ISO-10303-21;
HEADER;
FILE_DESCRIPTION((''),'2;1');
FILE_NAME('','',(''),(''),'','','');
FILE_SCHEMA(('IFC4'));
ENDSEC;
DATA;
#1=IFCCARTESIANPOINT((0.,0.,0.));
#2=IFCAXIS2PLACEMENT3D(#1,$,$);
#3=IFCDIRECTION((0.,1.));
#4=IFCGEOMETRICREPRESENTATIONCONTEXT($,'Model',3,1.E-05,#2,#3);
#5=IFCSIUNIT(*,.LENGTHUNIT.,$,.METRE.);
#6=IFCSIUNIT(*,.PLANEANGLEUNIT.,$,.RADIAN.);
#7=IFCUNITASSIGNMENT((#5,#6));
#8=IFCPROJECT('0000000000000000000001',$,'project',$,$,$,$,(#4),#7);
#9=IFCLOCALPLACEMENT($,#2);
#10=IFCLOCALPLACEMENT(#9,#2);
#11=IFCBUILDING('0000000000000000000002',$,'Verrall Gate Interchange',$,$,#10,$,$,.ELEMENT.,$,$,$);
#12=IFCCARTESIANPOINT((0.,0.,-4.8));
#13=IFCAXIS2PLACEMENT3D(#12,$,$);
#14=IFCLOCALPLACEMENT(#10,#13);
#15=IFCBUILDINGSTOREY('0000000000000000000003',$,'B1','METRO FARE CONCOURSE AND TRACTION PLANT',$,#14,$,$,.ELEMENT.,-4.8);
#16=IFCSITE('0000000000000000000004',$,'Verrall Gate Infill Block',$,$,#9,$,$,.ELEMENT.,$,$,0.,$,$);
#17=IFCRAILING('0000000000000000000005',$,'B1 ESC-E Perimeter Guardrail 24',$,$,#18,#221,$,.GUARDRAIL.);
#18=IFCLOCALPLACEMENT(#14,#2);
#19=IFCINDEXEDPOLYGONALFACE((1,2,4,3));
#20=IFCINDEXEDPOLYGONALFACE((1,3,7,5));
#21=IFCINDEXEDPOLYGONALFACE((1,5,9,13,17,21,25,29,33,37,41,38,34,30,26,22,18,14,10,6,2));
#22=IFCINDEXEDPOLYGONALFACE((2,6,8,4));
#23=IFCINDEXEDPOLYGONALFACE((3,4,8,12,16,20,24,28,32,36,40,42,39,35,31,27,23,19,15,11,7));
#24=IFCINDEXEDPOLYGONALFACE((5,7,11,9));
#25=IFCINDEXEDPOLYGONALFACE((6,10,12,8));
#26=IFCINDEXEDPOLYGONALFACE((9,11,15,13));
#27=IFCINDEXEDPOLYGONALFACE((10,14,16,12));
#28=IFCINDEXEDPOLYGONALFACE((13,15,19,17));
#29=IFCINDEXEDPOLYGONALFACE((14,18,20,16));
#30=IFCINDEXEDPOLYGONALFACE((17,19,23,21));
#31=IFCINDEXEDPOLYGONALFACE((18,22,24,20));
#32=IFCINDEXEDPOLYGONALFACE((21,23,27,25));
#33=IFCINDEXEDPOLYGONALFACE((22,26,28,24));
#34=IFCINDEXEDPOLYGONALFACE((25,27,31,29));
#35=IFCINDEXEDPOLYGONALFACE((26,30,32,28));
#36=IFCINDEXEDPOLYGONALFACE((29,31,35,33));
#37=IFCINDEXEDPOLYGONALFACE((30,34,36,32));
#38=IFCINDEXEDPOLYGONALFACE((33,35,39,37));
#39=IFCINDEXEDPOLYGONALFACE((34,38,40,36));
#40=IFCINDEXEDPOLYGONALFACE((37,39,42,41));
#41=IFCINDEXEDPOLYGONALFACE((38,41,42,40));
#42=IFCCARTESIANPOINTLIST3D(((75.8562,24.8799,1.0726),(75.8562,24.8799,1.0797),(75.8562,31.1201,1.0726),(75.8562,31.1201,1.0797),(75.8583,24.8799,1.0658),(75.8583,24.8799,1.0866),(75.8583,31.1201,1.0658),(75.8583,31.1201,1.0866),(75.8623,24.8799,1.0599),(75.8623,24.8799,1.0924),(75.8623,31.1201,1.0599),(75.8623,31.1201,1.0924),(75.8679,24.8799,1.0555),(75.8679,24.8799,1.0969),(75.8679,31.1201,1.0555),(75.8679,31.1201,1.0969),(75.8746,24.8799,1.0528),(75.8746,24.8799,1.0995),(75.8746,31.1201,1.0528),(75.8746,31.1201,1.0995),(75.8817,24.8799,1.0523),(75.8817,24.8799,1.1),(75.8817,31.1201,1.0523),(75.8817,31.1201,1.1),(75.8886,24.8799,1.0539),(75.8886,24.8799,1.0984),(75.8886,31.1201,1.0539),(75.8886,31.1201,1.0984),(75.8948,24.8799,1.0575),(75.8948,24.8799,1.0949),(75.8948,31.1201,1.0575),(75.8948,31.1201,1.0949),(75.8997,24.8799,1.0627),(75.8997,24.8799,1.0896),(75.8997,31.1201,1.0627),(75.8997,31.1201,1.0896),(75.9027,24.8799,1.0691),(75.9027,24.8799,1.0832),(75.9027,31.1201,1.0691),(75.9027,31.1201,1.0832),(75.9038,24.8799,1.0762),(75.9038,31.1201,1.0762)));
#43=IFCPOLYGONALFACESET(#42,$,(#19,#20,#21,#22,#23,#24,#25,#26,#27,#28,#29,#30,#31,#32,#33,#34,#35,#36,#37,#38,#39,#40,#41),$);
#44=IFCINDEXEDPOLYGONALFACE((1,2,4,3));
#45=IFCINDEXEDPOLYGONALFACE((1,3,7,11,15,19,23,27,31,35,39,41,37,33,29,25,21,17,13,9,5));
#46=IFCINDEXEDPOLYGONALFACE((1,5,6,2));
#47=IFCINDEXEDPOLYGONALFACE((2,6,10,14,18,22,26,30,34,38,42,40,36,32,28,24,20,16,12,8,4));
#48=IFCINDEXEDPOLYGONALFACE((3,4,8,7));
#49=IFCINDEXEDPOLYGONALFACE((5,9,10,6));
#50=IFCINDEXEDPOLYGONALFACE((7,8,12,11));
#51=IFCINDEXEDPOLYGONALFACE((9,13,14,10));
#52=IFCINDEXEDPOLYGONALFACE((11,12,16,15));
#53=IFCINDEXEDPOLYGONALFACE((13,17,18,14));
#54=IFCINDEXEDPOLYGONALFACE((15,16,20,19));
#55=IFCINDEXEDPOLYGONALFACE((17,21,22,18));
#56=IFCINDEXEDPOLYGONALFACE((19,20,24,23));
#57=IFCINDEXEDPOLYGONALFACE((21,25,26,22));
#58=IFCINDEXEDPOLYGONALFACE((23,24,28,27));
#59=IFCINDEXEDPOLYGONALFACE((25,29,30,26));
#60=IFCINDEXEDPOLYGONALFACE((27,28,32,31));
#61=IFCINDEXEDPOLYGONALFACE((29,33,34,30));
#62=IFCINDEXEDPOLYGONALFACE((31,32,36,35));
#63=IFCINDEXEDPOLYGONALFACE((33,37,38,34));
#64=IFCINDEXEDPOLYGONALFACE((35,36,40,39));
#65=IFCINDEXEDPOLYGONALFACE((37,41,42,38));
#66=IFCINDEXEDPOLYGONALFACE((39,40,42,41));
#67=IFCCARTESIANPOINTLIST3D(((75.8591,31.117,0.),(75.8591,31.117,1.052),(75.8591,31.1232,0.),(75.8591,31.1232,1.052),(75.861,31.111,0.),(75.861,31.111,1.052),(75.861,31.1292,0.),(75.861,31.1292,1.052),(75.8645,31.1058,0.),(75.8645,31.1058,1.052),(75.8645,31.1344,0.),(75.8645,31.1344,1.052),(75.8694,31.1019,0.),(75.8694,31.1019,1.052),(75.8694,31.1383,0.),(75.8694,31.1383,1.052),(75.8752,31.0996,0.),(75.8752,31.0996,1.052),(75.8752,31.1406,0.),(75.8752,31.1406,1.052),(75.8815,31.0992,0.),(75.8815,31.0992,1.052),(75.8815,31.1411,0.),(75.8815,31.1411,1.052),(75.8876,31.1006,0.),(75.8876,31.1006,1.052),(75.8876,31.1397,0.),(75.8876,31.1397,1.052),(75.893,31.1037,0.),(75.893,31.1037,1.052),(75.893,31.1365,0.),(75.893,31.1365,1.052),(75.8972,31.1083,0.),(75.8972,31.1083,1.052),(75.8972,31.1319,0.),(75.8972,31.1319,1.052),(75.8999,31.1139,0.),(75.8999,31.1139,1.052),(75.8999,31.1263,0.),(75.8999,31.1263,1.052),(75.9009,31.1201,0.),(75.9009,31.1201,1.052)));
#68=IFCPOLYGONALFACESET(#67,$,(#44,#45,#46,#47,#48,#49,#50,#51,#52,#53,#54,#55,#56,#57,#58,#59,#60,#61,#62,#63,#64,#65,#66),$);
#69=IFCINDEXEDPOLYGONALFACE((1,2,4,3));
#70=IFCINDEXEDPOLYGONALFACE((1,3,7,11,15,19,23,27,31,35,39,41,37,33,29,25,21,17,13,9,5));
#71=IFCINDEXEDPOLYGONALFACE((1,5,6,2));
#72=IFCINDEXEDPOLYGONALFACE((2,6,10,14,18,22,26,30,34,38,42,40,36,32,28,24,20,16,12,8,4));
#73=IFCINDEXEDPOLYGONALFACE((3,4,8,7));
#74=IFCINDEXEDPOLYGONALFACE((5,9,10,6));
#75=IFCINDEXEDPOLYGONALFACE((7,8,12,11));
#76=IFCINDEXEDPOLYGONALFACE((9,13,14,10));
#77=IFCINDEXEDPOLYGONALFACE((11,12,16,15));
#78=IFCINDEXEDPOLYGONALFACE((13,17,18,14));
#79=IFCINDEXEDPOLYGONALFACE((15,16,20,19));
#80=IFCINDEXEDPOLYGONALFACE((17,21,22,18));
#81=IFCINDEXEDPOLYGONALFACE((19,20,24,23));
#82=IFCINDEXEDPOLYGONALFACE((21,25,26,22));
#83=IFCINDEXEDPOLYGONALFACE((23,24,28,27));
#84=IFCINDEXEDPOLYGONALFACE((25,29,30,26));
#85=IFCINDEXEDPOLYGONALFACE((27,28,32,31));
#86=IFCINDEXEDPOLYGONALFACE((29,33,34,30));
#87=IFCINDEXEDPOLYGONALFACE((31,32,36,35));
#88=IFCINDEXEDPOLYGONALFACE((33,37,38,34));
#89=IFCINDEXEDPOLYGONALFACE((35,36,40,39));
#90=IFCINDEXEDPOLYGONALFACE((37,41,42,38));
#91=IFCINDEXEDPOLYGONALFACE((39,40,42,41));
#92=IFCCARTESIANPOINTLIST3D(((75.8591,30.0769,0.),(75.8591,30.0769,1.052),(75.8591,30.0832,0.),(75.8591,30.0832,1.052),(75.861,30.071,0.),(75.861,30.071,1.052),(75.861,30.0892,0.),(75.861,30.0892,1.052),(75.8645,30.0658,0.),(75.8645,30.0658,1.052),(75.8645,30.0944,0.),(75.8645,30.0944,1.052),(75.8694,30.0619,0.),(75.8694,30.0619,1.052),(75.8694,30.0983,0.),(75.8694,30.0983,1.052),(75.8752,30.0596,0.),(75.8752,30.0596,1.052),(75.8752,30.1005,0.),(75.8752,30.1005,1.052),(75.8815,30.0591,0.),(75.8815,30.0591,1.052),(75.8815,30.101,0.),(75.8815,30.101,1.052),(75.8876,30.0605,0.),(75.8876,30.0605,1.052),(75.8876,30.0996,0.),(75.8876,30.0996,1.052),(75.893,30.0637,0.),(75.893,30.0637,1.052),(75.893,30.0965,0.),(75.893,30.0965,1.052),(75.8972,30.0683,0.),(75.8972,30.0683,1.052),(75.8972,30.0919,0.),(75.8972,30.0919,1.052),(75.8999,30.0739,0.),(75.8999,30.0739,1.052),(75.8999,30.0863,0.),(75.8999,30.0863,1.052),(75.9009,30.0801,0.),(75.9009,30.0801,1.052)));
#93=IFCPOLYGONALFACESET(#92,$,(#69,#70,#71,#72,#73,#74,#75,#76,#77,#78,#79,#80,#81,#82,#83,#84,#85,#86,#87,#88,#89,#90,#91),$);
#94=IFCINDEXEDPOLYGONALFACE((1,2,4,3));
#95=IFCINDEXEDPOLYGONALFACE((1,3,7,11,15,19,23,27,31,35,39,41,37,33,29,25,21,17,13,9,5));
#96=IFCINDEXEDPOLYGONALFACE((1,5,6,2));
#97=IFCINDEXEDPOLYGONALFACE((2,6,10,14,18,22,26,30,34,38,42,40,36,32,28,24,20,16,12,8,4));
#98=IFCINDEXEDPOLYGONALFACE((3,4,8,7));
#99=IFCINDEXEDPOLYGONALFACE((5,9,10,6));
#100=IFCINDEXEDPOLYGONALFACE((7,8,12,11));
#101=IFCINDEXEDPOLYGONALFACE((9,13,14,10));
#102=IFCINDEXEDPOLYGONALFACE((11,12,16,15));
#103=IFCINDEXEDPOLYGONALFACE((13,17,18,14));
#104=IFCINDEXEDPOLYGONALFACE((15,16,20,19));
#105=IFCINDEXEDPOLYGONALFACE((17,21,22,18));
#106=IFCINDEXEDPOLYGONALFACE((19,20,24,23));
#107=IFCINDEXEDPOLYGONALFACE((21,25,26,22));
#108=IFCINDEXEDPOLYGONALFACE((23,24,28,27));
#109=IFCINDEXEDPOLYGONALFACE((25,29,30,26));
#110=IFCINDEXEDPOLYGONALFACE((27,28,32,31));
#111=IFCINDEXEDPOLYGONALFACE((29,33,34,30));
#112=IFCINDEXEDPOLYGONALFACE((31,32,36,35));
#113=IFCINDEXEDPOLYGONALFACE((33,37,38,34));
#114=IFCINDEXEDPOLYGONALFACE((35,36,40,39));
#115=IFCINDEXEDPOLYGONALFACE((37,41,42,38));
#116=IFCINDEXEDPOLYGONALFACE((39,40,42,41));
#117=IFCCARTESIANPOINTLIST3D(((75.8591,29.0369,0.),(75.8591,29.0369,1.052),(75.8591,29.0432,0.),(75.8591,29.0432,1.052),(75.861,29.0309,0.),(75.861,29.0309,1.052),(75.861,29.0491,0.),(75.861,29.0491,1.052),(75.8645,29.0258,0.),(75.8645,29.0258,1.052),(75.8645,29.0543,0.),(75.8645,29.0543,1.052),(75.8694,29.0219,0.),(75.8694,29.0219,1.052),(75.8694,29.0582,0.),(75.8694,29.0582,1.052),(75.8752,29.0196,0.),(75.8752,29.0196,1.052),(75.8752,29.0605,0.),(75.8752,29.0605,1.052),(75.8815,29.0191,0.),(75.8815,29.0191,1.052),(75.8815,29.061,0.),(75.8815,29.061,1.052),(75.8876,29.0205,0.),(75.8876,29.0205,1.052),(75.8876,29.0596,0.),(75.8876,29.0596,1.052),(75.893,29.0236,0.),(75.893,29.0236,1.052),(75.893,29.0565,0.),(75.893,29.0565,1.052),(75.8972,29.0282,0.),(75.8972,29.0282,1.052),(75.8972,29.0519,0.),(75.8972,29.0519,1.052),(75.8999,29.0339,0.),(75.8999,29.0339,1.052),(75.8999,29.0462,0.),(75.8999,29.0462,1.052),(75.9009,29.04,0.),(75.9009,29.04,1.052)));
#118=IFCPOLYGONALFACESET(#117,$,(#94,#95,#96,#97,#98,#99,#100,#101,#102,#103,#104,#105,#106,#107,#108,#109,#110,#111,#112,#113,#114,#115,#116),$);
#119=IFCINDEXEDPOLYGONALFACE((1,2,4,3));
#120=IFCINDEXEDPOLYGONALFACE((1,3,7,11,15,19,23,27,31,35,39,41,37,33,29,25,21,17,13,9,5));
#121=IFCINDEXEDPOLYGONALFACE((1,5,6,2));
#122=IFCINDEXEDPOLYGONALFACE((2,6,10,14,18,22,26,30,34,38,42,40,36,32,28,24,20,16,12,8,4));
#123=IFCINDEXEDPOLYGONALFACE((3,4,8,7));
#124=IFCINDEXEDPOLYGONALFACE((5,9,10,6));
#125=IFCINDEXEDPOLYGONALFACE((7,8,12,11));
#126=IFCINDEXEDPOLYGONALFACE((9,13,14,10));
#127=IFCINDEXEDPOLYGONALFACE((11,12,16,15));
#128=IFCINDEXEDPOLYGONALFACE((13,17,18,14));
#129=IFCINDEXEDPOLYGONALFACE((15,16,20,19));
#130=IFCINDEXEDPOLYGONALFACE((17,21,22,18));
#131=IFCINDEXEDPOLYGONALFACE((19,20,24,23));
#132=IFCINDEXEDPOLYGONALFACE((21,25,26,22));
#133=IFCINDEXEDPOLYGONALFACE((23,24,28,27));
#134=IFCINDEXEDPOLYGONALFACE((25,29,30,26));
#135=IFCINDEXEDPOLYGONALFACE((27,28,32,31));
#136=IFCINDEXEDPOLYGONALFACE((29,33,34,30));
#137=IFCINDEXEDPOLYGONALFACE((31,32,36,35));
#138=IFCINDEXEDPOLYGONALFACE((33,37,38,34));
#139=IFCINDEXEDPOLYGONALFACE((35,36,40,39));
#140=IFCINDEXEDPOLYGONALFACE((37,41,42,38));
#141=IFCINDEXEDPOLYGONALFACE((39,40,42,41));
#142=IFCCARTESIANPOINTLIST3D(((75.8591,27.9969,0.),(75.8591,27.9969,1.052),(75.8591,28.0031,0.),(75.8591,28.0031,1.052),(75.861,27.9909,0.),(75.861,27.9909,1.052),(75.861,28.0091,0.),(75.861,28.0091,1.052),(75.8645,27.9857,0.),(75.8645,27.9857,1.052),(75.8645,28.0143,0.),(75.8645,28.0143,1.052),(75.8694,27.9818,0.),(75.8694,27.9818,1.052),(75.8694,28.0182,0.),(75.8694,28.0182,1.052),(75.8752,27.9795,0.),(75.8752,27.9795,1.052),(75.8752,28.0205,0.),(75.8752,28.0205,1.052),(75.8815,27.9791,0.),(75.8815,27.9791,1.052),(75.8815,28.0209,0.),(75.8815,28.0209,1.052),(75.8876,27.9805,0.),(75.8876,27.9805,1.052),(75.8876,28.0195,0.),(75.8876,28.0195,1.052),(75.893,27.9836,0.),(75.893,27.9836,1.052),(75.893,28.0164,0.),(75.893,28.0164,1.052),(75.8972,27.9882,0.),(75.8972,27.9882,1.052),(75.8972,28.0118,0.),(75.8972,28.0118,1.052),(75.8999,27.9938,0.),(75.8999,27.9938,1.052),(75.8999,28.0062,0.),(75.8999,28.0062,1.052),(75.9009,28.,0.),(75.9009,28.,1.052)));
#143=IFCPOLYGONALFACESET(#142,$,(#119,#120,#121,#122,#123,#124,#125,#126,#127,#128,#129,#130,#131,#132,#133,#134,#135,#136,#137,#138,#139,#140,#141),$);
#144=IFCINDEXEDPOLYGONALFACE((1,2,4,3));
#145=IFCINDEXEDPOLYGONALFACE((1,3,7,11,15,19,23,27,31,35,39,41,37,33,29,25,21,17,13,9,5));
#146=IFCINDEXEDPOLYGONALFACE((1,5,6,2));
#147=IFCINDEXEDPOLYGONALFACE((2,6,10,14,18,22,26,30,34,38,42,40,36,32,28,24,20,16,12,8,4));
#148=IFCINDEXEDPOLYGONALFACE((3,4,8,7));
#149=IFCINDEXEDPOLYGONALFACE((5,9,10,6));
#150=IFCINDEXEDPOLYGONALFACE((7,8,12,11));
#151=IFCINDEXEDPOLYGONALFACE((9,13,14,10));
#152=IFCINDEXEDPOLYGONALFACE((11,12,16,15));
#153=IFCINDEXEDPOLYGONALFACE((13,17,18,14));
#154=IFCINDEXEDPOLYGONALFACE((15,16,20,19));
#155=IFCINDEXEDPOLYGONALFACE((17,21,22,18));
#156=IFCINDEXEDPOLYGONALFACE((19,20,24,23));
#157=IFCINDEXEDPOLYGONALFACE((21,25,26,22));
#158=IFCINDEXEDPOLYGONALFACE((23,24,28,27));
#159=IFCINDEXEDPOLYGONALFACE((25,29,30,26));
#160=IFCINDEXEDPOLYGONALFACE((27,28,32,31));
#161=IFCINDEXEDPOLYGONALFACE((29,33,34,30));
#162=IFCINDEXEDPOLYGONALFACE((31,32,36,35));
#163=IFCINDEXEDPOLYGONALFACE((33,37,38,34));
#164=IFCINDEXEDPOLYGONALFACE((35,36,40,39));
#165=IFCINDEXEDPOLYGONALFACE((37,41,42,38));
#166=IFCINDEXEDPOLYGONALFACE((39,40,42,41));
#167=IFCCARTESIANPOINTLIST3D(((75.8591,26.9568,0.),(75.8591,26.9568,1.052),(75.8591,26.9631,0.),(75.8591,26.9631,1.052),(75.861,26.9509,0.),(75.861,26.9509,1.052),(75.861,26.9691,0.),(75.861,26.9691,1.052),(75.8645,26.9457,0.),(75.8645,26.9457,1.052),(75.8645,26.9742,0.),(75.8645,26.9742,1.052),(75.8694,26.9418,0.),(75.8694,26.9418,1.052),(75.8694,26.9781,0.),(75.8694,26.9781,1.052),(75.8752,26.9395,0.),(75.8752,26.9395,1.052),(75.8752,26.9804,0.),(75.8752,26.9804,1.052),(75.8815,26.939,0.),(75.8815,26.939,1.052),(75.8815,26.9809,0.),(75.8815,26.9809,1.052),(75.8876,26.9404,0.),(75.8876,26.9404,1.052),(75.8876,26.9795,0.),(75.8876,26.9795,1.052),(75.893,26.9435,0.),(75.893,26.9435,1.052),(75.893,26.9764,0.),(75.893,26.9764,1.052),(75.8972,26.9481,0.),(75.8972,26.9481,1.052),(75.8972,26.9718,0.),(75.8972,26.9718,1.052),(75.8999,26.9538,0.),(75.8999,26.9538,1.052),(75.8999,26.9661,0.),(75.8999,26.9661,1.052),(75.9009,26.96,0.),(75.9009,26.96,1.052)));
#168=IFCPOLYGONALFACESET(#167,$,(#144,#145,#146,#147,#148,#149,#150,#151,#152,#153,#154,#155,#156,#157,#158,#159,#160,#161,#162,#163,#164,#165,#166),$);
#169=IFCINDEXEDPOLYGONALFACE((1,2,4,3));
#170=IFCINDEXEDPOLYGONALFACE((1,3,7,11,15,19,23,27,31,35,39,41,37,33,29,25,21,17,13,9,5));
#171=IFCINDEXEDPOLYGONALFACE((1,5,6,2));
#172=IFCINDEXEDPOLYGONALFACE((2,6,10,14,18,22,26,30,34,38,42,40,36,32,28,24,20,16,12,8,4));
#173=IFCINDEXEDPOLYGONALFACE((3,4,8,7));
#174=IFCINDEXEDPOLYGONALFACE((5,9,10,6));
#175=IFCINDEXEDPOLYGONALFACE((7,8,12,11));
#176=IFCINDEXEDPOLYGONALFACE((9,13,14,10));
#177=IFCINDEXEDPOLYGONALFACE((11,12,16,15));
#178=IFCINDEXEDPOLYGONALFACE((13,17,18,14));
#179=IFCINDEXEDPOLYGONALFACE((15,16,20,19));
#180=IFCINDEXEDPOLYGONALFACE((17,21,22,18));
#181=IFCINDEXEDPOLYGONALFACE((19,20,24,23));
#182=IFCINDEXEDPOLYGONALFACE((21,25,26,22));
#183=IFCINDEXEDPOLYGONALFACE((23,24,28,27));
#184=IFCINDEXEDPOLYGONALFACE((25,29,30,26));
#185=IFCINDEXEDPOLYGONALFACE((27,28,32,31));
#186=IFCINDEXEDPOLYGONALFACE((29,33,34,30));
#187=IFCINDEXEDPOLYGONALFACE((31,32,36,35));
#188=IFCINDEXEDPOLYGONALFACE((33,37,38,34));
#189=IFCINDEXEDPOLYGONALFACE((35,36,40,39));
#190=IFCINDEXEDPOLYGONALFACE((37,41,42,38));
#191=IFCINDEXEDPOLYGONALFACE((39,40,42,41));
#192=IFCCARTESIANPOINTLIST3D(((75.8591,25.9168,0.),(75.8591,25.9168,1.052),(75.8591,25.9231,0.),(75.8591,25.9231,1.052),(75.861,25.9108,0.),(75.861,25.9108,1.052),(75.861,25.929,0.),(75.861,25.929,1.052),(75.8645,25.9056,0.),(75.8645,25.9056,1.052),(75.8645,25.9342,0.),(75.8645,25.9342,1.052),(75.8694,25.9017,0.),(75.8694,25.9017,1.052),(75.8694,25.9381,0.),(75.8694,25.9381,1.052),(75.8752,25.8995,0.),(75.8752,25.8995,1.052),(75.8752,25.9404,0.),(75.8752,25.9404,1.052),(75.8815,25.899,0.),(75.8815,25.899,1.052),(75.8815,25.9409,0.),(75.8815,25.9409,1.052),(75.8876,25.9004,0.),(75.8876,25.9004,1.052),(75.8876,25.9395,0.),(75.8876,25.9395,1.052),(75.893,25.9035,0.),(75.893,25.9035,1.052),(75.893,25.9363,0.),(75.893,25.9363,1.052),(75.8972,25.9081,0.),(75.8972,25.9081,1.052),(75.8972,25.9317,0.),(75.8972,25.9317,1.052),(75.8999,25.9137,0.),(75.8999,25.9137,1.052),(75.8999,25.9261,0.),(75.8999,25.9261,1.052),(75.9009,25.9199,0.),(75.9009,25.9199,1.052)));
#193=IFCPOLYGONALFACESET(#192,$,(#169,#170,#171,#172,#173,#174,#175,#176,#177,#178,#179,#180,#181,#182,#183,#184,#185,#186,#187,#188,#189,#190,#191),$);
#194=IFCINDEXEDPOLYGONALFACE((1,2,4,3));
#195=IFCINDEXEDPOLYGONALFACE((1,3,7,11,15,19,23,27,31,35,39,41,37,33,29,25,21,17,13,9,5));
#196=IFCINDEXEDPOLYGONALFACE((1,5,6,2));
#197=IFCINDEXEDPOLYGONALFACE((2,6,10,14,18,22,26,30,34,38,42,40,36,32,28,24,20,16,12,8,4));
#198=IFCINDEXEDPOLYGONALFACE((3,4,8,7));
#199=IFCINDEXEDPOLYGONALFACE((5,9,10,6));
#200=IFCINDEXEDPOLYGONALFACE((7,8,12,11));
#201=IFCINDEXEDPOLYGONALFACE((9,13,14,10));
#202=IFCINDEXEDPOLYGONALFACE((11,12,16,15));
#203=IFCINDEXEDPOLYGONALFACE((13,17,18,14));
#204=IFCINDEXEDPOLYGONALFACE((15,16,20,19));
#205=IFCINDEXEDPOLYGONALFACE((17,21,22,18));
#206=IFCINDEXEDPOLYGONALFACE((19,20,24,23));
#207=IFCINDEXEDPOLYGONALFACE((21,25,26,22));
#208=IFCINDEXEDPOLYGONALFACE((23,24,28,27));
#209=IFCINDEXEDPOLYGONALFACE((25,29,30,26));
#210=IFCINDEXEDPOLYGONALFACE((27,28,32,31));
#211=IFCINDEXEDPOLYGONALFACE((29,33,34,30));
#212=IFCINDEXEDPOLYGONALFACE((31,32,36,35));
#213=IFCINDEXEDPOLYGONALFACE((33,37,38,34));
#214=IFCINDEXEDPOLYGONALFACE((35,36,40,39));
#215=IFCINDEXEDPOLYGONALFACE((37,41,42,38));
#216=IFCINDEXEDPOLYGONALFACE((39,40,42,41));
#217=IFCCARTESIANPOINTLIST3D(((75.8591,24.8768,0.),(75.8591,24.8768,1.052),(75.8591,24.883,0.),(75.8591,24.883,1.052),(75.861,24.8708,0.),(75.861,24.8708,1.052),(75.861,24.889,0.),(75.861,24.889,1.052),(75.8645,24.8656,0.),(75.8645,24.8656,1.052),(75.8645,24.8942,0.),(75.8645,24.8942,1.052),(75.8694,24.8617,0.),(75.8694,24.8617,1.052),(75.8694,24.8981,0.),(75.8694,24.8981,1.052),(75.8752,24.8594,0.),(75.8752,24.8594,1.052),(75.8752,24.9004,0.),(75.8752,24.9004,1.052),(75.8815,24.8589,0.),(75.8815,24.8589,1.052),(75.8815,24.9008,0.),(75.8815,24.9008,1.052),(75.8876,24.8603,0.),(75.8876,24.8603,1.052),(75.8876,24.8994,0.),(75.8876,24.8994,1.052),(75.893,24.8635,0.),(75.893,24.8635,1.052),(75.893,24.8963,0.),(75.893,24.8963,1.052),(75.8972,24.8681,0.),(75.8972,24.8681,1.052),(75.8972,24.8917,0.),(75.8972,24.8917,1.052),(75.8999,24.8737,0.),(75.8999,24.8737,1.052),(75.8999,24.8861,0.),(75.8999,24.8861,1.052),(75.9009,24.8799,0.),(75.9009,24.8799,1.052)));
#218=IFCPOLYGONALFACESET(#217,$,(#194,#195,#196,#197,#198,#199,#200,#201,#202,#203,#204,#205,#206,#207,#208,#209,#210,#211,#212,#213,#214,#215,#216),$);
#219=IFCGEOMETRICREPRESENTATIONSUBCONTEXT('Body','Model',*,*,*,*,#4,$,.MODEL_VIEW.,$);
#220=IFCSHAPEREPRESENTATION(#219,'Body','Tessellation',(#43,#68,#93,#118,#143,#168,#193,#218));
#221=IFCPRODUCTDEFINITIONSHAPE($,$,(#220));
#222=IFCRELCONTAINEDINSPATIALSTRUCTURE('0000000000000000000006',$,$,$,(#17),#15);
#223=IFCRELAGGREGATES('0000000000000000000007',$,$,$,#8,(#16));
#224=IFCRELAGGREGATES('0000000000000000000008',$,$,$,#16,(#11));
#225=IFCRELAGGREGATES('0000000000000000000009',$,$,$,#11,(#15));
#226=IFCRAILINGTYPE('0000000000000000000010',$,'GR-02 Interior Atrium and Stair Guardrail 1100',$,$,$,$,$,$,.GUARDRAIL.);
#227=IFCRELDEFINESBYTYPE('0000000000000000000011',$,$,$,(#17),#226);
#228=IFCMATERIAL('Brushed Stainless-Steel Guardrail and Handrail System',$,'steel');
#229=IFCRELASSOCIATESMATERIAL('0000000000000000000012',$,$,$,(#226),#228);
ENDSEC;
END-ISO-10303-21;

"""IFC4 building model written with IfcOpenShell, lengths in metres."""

from ifc_helpers import new_model, si_unit, direction, frame, origin, origin_2d, place, context, subcontext, project, spatial, circle, extrude, material, type_object, element, save


model = new_model("IFC4")

# Units and contexts
model_context = context("Model", 3, precision=1e-05, world=origin(), true_north=direction((0.0, 1.0)))
body_context = subcontext(model_context, "Body", "Model", "MODEL_VIEW")
ifc_project = project(units=[si_unit("LENGTHUNIT", "METRE"), si_unit("PLANEANGLEUNIT", "RADIAN")], contexts=[model_context])

# Site, building, storey
site_placement = place(None, origin())
site = spatial("IfcSite", under=ifc_project, at=site_placement, Name="Verrall Gate Infill Block", CompositionType="ELEMENT", RefElevation=0.0)
building_placement = place(site_placement, origin())
building = spatial("IfcBuilding", under=site, at=building_placement, Name="Verrall Gate Interchange", CompositionType="ELEMENT")
storey_placement = place(building_placement, frame((0.0, 0.0, -4.8)))
storey = spatial("IfcBuildingStorey", under=building, at=storey_placement, Name="B1", Description="METRO FARE CONCOURSE AND TRACTION PLANT", CompositionType="ELEMENT", Elevation=-4.8)

# Railing
ifc_material_1 = material(Name="Brushed Stainless-Steel Guardrail and Handrail System", Category="steel")
railing_type = type_object("IfcRailingType", Name="GR-02 Interior Atrium and Stair Guardrail 1100", PredefinedType="GUARDRAIL", material=ifc_material_1)
railing_1_placement = place(storey_placement, frame((75.8799, 31.1201, 0.0)))
element("IfcRailing", 1, at=railing_1_placement, inside=storey, type_object=railing_type, Name="B1 ESC-E Perimeter Guardrail 24", PredefinedType="GUARDRAIL", context=body_context, shape_type="SweptSolid", body=[
    extrude(circle(Radius=0.0239, at=origin_2d()), frame((0.0, 0.0, 1.0762), z_axis=(0.0, -1.0, 0.0), x_axis=(1.0, 0.0, 0.0)), (0.0, 0.0, 1.0), 6.2402),
    extrude(circle(Radius=0.021, at=origin_2d()), origin(), (0.0, 0.0, 1.0), 1.052),
    extrude(circle(Radius=0.021, at=origin_2d()), frame((0.0, -1.04, 0.0)), (0.0, 0.0, 1.0), 1.052),
    extrude(circle(Radius=0.021, at=origin_2d()), frame((0.0, -2.0801, 0.0)), (0.0, 0.0, 1.0), 1.052),
    extrude(circle(Radius=0.021, at=origin_2d()), frame((0.0, -3.1201, 0.0)), (0.0, 0.0, 1.0), 1.052),
    extrude(circle(Radius=0.021, at=origin_2d()), frame((0.0, -4.1602, 0.0)), (0.0, 0.0, 1.0), 1.052),
    extrude(circle(Radius=0.021, at=origin_2d()), frame((0.0, -5.2002, 0.0)), (0.0, 0.0, 1.0), 1.052),
    extrude(circle(Radius=0.021, at=origin_2d()), frame((0.0, -6.2402, 0.0)), (0.0, 0.0, 1.0), 1.052),
])

save(model, "model.ifc")
